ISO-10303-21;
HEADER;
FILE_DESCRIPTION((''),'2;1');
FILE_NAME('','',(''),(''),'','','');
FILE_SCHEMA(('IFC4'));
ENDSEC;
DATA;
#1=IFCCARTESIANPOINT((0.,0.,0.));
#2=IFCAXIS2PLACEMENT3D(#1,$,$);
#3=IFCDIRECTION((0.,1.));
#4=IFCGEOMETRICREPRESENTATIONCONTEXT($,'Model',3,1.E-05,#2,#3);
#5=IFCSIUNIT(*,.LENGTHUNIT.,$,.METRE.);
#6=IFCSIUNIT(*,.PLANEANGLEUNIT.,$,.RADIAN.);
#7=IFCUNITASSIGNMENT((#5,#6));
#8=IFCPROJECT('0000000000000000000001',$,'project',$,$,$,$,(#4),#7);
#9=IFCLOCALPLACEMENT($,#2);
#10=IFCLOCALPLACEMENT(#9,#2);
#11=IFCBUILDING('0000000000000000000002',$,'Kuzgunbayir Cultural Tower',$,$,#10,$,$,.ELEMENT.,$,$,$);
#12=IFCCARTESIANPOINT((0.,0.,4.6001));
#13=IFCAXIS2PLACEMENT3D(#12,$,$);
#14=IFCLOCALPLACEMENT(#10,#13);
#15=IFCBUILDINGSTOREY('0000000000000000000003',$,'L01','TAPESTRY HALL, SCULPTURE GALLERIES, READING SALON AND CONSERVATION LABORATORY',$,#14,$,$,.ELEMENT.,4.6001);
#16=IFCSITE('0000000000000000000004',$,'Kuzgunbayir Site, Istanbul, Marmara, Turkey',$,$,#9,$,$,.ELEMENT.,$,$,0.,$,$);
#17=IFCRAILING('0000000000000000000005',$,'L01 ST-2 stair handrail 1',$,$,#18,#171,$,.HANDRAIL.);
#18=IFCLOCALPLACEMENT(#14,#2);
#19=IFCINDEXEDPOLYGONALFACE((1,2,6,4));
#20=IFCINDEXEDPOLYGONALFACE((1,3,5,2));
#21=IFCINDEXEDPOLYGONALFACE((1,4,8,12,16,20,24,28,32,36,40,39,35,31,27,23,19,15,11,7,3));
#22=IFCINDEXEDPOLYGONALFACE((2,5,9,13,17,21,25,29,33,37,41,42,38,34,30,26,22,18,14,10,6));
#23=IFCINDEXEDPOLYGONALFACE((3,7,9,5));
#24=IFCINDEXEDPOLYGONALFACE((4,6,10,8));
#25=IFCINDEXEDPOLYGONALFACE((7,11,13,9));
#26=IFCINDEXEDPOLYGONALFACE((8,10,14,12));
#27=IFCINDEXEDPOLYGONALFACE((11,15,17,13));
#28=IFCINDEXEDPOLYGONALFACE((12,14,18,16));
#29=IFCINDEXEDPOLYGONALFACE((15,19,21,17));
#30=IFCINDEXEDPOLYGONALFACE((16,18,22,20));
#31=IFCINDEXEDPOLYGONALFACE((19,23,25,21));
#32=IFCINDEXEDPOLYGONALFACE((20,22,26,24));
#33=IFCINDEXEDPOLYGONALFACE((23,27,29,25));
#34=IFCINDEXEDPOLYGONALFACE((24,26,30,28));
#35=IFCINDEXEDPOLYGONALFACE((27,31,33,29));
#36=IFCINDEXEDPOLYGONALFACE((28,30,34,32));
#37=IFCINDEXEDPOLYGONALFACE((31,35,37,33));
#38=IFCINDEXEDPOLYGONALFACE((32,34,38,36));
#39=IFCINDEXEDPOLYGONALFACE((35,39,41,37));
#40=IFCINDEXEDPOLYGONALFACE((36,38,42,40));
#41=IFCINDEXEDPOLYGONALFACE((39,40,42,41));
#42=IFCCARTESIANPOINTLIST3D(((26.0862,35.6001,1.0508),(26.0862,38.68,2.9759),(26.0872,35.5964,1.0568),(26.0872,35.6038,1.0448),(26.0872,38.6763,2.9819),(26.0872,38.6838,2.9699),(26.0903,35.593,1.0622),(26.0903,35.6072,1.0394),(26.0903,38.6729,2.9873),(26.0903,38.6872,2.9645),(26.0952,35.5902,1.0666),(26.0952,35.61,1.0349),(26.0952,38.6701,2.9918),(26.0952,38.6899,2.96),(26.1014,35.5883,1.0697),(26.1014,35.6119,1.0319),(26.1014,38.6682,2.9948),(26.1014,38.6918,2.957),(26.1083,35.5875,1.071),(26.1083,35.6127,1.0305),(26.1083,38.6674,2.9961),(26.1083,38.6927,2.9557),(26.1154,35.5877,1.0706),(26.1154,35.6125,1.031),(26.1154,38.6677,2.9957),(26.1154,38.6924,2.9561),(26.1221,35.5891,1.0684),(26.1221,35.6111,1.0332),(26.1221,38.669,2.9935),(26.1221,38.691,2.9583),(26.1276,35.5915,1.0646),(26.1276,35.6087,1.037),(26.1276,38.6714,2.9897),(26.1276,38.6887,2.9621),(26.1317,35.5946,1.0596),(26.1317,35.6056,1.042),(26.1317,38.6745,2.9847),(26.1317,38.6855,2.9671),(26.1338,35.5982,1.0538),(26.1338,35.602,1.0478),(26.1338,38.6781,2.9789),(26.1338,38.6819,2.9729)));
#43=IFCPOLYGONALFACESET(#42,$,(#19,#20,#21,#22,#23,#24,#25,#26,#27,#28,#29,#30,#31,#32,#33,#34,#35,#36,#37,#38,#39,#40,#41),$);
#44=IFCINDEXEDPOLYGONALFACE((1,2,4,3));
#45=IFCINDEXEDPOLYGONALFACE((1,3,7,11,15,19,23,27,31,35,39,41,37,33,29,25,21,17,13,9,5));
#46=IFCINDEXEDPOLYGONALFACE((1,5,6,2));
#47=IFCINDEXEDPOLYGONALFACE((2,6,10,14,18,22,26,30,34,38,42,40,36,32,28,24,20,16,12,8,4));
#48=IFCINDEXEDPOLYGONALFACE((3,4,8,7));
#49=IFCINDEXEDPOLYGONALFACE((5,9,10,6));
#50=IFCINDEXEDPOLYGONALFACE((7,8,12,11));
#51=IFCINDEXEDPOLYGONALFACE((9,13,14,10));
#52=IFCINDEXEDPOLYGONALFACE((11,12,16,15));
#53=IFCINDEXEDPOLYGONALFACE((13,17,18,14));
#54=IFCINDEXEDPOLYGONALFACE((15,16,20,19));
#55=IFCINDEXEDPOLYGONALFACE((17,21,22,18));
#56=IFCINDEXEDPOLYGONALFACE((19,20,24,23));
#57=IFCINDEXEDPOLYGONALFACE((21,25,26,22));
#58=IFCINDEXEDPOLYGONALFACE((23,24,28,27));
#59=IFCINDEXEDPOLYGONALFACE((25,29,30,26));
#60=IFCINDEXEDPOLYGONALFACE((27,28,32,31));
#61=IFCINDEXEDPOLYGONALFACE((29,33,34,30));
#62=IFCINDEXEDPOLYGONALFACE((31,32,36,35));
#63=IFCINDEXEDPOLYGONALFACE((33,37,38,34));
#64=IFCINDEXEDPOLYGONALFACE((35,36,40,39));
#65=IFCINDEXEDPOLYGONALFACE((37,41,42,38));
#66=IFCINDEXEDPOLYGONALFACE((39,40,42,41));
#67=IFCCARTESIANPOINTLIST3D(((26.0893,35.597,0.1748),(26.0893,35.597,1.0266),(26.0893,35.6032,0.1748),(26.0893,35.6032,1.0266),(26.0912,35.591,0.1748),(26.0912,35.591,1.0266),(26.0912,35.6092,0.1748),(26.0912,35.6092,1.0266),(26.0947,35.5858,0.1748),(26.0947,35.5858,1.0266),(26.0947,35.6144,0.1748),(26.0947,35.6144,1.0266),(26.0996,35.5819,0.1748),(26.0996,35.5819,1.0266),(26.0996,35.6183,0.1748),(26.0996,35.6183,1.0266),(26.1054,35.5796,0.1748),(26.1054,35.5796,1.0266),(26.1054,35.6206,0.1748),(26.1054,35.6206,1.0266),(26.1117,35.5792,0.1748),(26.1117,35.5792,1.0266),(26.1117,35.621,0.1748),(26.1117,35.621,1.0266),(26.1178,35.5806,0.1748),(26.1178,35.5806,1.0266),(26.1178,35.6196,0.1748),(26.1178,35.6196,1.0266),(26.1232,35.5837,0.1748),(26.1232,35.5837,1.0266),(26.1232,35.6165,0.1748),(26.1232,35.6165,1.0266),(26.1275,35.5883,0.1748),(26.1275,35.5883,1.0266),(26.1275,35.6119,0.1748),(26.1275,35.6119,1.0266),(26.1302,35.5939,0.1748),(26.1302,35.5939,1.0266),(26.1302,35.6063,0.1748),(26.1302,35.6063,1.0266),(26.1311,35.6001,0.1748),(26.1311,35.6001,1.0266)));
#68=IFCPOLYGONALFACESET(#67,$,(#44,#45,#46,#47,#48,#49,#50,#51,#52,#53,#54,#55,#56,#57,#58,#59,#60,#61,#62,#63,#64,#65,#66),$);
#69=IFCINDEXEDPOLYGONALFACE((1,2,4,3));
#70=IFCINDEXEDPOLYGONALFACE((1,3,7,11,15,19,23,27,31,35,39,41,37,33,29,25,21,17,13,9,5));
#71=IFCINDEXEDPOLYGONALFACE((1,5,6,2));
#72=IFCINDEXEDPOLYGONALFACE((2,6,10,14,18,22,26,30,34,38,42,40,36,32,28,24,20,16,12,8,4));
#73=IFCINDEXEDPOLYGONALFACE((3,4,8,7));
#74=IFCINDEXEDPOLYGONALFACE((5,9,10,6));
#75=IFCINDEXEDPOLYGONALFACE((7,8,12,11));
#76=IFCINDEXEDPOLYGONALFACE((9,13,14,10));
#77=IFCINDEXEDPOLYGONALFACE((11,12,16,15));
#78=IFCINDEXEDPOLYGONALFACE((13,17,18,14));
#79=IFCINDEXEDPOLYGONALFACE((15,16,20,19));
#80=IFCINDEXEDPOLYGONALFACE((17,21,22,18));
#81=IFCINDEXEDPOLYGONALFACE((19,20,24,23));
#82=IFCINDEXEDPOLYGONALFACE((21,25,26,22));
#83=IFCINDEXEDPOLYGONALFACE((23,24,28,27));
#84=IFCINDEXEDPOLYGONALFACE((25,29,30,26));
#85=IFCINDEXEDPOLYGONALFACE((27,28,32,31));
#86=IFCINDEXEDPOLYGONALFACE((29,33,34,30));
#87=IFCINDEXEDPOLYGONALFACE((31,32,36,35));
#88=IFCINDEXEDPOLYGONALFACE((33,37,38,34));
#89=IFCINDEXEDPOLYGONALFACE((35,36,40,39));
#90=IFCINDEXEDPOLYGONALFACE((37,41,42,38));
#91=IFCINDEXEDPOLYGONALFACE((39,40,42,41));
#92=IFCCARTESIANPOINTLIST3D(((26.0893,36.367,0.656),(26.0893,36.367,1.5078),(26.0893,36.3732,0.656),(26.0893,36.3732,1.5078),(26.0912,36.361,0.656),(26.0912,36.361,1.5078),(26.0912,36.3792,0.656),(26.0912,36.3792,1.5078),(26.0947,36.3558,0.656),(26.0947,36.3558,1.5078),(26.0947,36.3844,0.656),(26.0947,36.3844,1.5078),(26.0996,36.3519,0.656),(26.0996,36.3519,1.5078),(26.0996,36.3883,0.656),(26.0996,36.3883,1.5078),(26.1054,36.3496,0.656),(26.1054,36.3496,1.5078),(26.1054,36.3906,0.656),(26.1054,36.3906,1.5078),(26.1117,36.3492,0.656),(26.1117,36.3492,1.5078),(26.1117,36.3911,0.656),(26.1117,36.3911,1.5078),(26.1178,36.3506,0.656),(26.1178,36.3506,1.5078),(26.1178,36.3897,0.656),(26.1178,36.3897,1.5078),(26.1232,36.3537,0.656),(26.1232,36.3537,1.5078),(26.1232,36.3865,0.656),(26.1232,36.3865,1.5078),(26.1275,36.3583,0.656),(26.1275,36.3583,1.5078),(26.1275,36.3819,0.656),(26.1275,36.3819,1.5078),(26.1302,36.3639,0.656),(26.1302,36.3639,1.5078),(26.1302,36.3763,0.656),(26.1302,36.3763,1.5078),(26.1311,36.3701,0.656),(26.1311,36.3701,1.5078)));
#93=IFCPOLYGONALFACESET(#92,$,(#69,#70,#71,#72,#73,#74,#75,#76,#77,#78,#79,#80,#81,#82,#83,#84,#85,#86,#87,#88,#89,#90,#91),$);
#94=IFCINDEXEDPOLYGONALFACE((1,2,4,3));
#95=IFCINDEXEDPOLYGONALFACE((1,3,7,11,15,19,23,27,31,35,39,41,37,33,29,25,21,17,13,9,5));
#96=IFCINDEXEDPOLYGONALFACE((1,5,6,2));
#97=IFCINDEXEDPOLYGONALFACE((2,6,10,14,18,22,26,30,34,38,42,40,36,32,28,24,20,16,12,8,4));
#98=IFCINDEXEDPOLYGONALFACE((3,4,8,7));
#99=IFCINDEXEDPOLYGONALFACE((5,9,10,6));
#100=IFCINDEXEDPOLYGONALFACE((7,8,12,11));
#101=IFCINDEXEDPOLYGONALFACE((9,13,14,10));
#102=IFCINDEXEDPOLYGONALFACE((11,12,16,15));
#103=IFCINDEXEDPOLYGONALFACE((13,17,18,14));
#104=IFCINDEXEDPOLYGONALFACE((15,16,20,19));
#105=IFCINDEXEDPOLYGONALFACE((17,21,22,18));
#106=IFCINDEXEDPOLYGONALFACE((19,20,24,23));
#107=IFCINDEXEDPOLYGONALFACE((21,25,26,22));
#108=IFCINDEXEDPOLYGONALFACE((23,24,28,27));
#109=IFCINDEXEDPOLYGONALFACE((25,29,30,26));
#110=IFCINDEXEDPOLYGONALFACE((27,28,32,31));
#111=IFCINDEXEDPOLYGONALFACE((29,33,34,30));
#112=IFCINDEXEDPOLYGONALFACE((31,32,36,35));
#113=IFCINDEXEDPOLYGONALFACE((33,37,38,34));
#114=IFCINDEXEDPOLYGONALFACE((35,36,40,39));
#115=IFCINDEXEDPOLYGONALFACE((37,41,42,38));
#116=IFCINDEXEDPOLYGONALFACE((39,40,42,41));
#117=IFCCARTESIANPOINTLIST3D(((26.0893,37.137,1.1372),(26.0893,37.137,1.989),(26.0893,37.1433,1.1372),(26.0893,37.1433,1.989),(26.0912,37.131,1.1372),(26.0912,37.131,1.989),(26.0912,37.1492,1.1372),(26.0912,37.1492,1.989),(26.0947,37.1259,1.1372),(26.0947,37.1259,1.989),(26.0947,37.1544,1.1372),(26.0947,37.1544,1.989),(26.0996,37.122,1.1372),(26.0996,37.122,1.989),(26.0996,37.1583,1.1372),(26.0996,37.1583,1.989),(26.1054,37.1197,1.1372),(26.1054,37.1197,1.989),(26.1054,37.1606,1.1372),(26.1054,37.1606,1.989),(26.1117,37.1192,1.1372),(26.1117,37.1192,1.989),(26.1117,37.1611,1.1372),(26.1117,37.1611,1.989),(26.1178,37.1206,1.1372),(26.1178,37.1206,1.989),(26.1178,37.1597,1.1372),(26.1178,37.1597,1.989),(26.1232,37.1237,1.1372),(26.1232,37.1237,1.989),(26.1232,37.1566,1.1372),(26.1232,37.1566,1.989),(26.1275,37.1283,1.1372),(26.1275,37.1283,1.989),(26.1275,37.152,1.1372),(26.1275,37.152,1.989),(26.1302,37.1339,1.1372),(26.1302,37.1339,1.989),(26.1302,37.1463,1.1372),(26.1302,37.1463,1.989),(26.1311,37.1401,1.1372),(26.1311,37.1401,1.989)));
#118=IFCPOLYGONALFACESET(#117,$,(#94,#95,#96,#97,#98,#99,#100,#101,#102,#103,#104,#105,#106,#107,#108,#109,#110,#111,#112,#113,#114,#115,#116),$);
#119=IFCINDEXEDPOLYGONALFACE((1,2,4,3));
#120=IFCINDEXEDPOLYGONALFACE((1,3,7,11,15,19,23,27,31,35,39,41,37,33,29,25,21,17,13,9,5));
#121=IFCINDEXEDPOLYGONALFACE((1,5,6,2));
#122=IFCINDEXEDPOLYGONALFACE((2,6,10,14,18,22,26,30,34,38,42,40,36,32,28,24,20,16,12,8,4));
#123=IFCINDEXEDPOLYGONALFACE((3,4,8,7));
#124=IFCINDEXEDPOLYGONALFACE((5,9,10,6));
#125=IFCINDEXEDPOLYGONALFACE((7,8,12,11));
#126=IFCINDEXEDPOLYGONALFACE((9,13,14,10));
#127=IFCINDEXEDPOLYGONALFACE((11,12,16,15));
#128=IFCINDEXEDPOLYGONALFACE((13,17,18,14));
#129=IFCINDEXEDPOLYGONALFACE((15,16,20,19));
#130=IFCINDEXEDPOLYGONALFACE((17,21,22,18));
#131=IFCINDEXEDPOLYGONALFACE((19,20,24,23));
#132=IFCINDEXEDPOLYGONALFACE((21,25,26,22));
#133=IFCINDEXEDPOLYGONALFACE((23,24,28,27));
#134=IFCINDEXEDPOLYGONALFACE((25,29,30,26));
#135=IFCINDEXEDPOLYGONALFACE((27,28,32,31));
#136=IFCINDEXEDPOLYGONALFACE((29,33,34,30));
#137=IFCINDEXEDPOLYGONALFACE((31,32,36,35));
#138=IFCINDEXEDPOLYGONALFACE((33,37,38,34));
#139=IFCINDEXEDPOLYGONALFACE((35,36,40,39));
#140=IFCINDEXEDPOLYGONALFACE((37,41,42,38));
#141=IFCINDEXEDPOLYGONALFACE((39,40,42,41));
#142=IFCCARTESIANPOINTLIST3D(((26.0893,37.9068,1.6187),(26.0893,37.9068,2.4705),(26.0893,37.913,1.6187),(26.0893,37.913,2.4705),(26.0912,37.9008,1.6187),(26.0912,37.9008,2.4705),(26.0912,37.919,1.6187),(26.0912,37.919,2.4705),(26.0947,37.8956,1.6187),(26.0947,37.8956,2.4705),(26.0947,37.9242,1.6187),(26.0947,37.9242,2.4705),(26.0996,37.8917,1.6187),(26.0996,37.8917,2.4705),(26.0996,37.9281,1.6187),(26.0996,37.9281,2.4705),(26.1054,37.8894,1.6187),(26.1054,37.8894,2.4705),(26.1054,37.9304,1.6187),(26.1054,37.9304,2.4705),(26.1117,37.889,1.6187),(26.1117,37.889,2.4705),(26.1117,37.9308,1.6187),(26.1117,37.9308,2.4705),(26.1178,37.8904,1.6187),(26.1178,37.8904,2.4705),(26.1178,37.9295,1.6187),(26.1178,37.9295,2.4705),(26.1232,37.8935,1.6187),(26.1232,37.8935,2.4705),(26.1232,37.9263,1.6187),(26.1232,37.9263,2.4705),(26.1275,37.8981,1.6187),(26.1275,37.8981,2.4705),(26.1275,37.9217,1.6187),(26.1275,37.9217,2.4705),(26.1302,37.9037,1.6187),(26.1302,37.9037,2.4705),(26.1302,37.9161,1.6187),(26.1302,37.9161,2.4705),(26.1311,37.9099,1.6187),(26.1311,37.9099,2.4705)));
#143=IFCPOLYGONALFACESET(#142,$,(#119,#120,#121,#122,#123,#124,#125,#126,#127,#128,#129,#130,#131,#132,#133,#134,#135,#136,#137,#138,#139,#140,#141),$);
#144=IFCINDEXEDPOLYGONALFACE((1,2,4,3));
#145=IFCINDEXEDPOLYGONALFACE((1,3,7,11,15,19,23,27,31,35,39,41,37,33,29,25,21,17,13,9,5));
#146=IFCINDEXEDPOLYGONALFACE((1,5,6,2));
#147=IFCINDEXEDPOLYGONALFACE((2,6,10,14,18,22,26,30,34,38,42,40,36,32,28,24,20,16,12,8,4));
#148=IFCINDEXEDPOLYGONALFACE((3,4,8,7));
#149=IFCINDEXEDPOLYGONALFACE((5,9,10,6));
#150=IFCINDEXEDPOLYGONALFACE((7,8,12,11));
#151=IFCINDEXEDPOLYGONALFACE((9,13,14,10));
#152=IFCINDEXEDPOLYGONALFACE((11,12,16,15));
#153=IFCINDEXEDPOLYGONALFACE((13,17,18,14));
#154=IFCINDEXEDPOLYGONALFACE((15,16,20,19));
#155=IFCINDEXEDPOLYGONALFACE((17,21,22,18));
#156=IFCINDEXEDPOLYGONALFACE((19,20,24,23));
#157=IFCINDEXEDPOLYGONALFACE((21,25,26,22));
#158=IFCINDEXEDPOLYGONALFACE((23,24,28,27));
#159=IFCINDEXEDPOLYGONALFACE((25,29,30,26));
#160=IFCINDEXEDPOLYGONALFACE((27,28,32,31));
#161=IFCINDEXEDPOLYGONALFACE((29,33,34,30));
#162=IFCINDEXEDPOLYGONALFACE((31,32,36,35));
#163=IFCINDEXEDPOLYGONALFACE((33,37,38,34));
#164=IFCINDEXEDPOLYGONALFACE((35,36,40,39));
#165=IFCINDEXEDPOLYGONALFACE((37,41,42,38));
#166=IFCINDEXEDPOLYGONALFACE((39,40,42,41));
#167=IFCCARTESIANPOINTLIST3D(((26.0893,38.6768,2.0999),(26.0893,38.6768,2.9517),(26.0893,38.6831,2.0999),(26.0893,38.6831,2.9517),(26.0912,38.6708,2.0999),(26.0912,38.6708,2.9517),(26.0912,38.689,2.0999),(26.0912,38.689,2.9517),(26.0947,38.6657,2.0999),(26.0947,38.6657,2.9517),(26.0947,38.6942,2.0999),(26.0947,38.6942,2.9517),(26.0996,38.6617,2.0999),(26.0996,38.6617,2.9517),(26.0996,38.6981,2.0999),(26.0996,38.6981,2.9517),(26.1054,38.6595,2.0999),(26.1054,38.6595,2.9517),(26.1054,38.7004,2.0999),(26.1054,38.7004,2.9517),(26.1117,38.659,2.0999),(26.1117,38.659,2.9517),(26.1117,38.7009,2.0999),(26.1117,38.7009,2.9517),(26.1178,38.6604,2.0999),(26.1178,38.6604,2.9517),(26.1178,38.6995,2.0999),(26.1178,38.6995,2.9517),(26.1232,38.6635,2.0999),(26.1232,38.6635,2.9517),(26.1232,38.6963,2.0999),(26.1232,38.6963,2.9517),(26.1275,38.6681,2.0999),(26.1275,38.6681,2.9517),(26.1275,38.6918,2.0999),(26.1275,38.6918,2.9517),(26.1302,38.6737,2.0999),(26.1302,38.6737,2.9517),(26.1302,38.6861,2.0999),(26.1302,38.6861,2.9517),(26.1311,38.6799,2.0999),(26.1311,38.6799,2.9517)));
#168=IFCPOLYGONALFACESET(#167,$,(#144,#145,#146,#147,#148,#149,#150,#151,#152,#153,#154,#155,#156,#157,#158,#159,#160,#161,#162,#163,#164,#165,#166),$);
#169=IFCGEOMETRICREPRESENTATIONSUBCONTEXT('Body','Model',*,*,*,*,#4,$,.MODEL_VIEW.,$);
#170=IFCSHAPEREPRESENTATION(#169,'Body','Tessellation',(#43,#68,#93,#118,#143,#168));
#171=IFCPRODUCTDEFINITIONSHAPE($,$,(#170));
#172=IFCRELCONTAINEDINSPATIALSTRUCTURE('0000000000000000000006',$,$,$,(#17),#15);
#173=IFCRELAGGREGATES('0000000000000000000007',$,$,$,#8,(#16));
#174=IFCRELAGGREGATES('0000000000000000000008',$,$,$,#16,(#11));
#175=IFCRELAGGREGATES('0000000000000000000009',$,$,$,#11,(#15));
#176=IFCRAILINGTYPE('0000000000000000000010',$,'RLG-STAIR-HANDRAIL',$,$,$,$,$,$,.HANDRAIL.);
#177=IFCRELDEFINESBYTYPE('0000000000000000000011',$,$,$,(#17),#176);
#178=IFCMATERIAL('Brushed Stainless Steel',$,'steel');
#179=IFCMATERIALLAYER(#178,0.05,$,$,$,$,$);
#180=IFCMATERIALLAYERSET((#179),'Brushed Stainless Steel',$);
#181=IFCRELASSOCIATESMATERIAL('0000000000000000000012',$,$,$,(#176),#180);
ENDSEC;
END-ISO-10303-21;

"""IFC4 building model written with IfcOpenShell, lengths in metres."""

from ifc_helpers import new_model, si_unit, direction, frame, origin, origin_2d, place, context, subcontext, project, spatial, circle, extrude, material, layer, layer_set, type_object, element, save


model = new_model("IFC4")

# Units and contexts
model_context = context("Model", 3, precision=1e-05, world=origin(), true_north=direction((0.0, 1.0)))
body_context = subcontext(model_context, "Body", "Model", "MODEL_VIEW")
ifc_project = project(units=[si_unit("LENGTHUNIT", "METRE"), si_unit("PLANEANGLEUNIT", "RADIAN")], contexts=[model_context])

# Site, building, storey
site_placement = place(None, origin())
site = spatial("IfcSite", under=ifc_project, at=site_placement, Name="Kuzgunbayir Site, Istanbul, Marmara, Turkey", CompositionType="ELEMENT", RefElevation=0.0)
building_placement = place(site_placement, origin())
building = spatial("IfcBuilding", under=site, at=building_placement, Name="Kuzgunbayir Cultural Tower", CompositionType="ELEMENT")
storey_placement = place(building_placement, frame((0.0, 0.0, 4.6001)))
storey = spatial("IfcBuildingStorey", under=building, at=storey_placement, Name="L01", Description="TAPESTRY HALL, SCULPTURE GALLERIES, READING SALON AND CONSERVATION LABORATORY", CompositionType="ELEMENT", Elevation=4.6001)

# Shared definitions
ifc_material_1 = material(Name="Brushed Stainless Steel", Category="steel")

# Railing
ifc_layer_1 = layer(ifc_material_1, 0.05)
ifc_layer_set_1 = layer_set([ifc_layer_1], Name="Brushed Stainless Steel")
railing_type_1 = type_object("IfcRailingType", Name="RLG-STAIR-HANDRAIL", PredefinedType="HANDRAIL", material=ifc_layer_set_1)
railing_1_placement = place(storey_placement, frame((26.1101, 35.6001, 0.1748)))
element("IfcRailing", 1, at=railing_1_placement, inside=storey, type_object=railing_type_1, Name="L01 ST-2 stair handrail 1", PredefinedType="HANDRAIL", context=body_context, shape_type="SweptSolid", body=[
    extrude(circle(Radius=0.0239, at=origin_2d()), frame((0.0, 0.0, 0.876), z_axis=(0.0, 0.847979, 0.530029), x_axis=(-1.0, 0.0, 0.0)), (0.0, 0.0, 1.0), 3.6321),
    extrude(circle(Radius=0.021, at=origin_2d()), origin(), (0.0, 0.0, 1.0), 0.8518),
    extrude(circle(Radius=0.021, at=origin_2d()), frame((0.0, 0.77, 0.4812)), (0.0, 0.0, 1.0), 0.8518),
    extrude(circle(Radius=0.021, at=origin_2d()), frame((0.0, 1.54, 0.9624)), (0.0, 0.0, 1.0), 0.8518),
    extrude(circle(Radius=0.021, at=origin_2d()), frame((0.0, 2.3098, 1.4438)), (0.0, 0.0, 1.0), 0.8518),
    extrude(circle(Radius=0.021, at=origin_2d()), frame((0.0, 3.0798, 1.925)), (0.0, 0.0, 1.0), 0.8518),
])

save(model, "model.ifc")
